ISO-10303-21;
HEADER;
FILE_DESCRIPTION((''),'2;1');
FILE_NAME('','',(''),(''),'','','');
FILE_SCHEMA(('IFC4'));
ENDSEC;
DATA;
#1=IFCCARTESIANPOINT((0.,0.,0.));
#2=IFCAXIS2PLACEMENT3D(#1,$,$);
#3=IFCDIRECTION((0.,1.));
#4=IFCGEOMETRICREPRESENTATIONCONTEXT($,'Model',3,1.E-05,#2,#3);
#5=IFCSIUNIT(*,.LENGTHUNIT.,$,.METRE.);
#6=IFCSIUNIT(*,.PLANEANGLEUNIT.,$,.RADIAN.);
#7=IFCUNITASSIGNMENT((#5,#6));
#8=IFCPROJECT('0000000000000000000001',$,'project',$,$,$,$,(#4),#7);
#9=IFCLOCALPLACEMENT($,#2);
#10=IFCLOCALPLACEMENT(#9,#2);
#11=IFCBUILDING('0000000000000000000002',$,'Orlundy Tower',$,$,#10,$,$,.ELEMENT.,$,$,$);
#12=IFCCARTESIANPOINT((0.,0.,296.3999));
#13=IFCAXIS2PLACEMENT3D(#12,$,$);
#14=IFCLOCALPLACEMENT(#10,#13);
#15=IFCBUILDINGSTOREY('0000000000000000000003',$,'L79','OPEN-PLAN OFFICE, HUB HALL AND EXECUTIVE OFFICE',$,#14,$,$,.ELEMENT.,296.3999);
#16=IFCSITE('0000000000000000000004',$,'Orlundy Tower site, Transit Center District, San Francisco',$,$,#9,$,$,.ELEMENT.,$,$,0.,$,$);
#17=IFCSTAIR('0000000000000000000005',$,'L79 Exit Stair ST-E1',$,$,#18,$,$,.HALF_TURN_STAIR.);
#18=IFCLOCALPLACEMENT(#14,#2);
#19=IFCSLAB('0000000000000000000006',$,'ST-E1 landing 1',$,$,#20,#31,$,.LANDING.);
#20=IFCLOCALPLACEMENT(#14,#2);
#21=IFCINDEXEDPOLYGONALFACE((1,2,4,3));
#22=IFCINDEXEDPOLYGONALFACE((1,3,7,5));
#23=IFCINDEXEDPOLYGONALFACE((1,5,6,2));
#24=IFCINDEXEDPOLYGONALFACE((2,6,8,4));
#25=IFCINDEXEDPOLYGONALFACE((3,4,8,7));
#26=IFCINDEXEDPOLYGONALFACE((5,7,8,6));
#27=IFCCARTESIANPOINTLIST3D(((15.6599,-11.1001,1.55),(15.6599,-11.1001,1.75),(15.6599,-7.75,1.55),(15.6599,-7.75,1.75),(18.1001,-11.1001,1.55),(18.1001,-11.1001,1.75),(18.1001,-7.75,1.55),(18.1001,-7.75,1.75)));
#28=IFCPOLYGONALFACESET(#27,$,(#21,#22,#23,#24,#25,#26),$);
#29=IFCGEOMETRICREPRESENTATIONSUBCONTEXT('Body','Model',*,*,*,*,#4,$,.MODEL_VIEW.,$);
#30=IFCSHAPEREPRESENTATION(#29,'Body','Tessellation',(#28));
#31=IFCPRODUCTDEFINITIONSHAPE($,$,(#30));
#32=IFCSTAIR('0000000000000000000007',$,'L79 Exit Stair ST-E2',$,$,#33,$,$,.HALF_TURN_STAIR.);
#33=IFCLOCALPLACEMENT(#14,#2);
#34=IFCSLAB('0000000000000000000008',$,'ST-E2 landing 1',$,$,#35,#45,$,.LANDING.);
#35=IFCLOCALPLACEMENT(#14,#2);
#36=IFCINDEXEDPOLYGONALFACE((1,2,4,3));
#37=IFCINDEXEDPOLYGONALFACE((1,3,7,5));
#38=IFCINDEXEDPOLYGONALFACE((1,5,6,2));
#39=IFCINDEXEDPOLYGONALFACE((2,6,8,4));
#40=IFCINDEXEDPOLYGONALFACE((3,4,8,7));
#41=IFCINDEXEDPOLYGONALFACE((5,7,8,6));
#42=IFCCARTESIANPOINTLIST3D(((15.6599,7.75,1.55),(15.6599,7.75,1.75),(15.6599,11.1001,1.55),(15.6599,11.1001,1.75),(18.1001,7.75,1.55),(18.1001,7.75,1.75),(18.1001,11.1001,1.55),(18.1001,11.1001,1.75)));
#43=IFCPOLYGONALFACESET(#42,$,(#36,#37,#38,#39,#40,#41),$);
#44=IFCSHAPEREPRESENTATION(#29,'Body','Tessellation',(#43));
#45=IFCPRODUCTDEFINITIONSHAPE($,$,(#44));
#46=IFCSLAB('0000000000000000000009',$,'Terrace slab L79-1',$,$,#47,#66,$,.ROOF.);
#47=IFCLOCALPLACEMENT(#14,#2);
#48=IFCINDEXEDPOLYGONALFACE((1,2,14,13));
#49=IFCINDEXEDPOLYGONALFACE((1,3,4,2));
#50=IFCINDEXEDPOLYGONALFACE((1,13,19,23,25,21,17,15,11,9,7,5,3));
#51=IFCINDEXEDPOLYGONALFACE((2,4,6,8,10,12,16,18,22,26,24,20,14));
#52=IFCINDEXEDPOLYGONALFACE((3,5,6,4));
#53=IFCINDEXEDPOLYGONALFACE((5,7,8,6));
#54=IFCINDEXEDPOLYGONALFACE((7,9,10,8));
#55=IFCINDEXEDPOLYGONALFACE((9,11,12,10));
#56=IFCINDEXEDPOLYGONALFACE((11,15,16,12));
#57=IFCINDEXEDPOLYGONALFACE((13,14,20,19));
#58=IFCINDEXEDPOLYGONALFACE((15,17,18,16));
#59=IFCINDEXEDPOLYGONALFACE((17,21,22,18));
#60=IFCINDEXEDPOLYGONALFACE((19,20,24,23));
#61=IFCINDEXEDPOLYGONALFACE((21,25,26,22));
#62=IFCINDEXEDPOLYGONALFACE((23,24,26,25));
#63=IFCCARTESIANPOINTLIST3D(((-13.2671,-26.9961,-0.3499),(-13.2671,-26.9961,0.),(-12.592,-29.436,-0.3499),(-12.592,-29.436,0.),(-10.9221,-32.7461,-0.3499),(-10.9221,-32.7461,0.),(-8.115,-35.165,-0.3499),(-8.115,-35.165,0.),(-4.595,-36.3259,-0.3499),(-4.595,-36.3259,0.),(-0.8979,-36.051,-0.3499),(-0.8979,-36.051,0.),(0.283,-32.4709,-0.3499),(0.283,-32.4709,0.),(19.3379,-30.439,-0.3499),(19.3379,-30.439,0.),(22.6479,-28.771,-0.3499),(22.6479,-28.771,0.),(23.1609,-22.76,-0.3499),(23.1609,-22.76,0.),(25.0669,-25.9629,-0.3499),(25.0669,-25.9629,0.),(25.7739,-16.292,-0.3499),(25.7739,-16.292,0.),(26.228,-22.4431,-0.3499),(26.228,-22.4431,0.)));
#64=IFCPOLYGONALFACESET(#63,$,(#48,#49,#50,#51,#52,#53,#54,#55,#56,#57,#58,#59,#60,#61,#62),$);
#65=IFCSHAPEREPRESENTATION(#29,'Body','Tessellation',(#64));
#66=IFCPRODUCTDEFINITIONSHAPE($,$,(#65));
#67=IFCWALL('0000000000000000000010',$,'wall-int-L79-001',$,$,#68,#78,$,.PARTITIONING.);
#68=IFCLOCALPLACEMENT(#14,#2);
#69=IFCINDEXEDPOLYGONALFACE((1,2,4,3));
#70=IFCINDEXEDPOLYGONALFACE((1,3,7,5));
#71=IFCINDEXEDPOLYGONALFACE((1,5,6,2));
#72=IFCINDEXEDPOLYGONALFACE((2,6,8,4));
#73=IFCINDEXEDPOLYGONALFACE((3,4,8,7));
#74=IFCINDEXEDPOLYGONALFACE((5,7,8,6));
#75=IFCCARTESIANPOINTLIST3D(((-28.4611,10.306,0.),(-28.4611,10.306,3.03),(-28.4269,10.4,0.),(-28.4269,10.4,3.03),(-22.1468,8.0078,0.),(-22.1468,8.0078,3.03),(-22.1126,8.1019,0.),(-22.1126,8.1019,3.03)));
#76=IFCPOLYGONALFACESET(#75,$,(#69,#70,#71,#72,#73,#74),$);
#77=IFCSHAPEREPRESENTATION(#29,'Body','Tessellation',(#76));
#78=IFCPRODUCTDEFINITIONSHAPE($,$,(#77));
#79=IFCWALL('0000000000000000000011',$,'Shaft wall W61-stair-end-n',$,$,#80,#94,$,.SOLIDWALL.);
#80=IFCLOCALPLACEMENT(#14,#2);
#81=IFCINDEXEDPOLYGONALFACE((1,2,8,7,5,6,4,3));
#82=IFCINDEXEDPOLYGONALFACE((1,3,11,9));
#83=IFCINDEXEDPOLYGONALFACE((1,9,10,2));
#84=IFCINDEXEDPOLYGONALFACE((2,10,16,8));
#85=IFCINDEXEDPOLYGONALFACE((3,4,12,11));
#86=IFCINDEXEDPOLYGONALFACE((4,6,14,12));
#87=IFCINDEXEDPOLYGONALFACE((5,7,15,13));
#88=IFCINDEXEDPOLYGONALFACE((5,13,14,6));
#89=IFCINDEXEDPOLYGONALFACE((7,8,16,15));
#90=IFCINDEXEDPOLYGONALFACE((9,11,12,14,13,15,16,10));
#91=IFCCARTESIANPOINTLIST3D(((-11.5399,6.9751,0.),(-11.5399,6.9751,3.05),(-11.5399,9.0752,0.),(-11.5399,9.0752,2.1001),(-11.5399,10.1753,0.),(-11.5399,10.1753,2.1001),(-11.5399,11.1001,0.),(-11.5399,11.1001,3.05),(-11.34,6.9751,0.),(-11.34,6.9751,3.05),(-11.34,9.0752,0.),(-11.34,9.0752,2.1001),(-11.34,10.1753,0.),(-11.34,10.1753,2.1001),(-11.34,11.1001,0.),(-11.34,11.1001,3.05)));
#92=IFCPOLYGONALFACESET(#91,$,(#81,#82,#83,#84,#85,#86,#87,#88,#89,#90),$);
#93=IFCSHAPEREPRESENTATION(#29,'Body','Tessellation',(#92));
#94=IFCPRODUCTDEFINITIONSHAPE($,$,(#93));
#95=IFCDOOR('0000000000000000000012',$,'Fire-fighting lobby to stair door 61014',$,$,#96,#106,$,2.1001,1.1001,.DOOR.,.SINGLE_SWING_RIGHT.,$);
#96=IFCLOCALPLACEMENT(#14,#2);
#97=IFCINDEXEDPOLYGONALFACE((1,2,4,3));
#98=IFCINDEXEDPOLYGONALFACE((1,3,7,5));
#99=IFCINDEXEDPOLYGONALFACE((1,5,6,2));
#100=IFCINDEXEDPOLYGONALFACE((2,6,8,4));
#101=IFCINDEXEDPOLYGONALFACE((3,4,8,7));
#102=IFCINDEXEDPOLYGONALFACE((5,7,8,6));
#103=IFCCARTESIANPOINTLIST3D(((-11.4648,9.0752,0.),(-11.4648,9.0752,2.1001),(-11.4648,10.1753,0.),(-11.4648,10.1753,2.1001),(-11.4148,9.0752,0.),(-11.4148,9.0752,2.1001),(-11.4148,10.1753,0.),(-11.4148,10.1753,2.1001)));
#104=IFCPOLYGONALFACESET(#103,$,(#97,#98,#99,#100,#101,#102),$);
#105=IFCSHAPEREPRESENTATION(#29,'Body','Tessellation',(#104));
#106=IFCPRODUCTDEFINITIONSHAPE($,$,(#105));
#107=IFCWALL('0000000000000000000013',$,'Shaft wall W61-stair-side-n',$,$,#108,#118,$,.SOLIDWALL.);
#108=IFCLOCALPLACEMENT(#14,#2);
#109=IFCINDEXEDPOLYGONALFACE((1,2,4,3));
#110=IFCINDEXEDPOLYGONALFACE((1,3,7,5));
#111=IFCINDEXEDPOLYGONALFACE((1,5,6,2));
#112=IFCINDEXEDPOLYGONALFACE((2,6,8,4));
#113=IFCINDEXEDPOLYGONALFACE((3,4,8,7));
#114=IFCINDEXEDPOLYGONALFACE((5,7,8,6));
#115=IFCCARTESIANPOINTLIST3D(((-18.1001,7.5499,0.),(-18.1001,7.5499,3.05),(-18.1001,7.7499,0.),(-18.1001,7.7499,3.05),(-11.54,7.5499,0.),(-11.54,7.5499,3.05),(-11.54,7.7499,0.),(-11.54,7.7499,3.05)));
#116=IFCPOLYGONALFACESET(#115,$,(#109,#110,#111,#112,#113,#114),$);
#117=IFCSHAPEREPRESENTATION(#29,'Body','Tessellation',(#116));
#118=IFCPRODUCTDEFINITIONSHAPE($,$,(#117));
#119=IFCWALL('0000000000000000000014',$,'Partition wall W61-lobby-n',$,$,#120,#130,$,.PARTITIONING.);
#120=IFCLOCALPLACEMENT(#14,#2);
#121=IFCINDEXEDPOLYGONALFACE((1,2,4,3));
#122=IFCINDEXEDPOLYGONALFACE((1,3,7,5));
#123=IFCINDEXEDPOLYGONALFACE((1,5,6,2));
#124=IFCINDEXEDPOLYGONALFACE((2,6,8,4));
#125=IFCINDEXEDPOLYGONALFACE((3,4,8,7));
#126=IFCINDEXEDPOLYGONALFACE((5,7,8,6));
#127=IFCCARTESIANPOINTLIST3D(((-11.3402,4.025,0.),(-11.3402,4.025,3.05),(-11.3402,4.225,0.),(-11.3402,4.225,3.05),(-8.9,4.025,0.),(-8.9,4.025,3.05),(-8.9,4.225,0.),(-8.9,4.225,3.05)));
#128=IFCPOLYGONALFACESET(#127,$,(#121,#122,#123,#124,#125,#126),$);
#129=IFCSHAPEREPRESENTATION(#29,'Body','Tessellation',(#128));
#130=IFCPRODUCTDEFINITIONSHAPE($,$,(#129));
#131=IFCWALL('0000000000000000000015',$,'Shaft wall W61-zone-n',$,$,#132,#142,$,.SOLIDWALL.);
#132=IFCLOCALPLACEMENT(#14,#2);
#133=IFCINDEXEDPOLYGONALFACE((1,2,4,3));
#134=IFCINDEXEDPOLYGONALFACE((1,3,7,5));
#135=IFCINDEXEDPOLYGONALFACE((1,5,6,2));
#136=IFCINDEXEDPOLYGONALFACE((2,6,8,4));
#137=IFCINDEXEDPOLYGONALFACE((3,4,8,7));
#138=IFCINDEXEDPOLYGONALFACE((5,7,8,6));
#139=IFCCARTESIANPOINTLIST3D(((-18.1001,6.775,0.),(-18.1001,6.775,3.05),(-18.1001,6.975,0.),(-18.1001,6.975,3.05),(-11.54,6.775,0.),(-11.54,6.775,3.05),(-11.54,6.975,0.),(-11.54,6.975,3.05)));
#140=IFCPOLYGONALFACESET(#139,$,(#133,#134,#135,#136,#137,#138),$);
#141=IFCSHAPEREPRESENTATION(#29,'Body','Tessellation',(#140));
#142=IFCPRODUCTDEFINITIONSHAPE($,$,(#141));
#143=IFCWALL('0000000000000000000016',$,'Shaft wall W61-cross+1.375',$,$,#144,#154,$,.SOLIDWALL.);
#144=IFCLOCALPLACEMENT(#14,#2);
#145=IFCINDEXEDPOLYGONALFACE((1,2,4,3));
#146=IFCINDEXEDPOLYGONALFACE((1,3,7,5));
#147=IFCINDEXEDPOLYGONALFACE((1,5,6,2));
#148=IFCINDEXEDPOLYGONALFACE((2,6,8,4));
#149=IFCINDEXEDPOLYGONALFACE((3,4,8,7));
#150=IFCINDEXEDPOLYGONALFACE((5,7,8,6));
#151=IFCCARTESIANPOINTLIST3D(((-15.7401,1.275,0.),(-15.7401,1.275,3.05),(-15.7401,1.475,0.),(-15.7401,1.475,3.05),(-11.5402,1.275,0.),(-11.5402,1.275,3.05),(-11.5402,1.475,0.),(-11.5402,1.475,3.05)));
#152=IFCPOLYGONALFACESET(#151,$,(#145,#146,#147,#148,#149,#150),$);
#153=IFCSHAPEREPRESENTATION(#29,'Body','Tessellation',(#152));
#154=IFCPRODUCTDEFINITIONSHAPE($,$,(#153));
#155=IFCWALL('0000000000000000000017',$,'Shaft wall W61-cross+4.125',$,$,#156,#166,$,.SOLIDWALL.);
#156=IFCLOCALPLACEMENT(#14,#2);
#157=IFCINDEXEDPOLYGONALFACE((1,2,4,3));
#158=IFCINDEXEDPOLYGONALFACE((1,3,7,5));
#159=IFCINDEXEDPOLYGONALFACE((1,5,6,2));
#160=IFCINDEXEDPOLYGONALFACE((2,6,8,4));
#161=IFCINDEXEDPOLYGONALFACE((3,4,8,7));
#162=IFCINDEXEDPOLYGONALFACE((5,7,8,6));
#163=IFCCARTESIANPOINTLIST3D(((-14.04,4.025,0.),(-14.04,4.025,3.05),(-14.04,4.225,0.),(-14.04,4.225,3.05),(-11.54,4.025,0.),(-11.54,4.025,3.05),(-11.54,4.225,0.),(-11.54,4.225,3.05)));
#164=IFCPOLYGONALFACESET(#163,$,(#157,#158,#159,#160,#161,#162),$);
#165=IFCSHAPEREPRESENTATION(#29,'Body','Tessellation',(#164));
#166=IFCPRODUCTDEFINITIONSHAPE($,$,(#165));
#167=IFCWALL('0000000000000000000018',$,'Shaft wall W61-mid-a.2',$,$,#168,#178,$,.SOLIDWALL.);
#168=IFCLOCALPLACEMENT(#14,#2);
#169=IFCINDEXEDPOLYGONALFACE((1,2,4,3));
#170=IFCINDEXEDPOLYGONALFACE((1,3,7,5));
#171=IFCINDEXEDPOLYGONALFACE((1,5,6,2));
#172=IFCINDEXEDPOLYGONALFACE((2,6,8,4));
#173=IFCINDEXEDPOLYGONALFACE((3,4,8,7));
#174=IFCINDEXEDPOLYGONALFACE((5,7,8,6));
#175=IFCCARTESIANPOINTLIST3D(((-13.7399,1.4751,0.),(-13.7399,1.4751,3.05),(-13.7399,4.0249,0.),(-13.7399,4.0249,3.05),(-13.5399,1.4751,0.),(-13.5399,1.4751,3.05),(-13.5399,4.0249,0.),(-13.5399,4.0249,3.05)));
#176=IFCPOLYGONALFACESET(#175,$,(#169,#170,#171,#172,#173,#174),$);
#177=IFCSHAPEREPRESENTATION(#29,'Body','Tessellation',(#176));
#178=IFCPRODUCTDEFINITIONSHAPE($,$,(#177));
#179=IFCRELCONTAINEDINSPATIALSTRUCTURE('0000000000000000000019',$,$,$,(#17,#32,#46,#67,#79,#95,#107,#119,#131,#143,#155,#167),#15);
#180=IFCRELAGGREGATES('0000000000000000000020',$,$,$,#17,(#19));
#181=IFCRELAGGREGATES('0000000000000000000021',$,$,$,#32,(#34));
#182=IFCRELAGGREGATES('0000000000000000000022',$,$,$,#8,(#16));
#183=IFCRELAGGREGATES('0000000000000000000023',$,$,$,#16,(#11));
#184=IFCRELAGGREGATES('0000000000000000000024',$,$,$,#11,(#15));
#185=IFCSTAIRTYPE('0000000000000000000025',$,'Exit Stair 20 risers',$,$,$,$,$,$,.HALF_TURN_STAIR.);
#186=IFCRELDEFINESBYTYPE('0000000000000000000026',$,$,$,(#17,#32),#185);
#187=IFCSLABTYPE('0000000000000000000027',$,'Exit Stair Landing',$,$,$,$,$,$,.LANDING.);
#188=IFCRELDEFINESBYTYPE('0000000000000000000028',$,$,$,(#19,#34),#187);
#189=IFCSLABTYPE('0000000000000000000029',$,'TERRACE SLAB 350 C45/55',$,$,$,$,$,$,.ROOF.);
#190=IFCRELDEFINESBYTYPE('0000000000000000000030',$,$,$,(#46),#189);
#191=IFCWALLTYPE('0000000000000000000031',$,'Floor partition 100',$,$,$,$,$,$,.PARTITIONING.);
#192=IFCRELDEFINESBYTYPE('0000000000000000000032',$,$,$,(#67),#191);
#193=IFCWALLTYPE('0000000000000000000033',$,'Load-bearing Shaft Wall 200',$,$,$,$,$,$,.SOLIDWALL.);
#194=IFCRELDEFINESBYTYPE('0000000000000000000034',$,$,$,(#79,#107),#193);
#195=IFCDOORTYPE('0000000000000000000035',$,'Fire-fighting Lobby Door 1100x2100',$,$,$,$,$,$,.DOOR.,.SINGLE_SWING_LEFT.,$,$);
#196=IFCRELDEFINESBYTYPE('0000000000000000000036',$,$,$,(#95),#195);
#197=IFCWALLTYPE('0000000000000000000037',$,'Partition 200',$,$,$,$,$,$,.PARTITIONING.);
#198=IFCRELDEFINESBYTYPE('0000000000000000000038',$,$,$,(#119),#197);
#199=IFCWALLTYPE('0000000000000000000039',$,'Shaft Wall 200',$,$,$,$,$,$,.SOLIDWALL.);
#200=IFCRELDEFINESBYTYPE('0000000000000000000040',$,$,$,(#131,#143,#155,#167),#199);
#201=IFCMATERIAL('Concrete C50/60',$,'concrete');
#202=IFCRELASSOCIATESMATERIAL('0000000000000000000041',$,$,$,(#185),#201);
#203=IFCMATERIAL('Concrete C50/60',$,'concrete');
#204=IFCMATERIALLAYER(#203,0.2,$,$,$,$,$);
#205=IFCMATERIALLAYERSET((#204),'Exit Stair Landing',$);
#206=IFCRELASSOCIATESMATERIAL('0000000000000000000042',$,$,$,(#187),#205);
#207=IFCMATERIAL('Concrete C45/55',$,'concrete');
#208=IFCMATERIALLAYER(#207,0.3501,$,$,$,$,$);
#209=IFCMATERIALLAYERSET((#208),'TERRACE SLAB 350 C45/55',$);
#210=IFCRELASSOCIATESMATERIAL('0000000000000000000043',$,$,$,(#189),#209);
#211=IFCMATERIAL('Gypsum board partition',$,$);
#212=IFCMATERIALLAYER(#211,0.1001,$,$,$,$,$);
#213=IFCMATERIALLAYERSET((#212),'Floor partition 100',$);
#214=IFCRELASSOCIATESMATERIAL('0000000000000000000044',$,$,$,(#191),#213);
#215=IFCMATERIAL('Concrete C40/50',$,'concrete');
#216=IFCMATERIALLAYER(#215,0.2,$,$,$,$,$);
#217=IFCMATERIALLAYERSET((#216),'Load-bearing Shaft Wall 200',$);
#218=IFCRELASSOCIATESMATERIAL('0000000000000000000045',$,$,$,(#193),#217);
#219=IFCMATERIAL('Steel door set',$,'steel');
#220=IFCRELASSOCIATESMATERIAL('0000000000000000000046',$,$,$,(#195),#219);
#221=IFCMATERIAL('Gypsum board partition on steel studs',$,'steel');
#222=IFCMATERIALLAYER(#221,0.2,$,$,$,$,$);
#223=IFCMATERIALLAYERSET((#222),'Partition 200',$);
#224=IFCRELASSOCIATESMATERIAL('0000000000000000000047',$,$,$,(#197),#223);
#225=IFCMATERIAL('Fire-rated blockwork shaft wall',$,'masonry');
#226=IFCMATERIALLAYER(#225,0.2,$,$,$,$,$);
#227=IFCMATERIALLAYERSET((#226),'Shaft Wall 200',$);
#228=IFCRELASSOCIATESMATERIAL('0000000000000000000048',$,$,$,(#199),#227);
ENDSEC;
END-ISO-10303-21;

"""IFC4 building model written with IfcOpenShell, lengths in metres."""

from ifc_helpers import new_model, si_unit, direction, frame, frame_2d, origin, place, context, subcontext, project, spatial, polyline, rectangle, outline, extrude, material, layer, layer_set, type_object, element, fill, aggregate, save


model = new_model("IFC4")

# Units and contexts
model_context = context("Model", 3, precision=1e-05, world=origin(), true_north=direction((0.0, 1.0)))
body_context = subcontext(model_context, "Body", "Model", "MODEL_VIEW")
ifc_project = project(units=[si_unit("LENGTHUNIT", "METRE"), si_unit("PLANEANGLEUNIT", "RADIAN")], contexts=[model_context])

# Site, building, storey
site_placement = place(None, origin())
site = spatial("IfcSite", under=ifc_project, at=site_placement, Name="Orlundy Tower site, Transit Center District, San Francisco", CompositionType="ELEMENT", RefElevation=0.0)
building_placement = place(site_placement, origin())
building = spatial("IfcBuilding", under=site, at=building_placement, Name="Orlundy Tower", CompositionType="ELEMENT")
storey_placement = place(building_placement, frame((0.0, 0.0, 296.3999)))
storey = spatial("IfcBuildingStorey", under=building, at=storey_placement, Name="L79", Description="OPEN-PLAN OFFICE, HUB HALL AND EXECUTIVE OFFICE", CompositionType="ELEMENT", Elevation=296.3999)

# Stairs, slabs
ifc_material_1 = material(Name="Concrete C50/60", Category="concrete")
stair_type = type_object("IfcStairType", Name="Exit Stair 20 risers", PredefinedType="HALF_TURN_STAIR", material=ifc_material_1)
ifc_material_2 = material(Name="Concrete C50/60", Category="concrete")
ifc_layer_1 = layer(ifc_material_2, 0.2)
ifc_layer_set_1 = layer_set([ifc_layer_1], Name="Exit Stair Landing")
slab_type_1 = type_object("IfcSlabType", Name="Exit Stair Landing", PredefinedType="LANDING", material=ifc_layer_set_1)
stair_1_placement = place(storey_placement, origin())
stair_1 = element("IfcStair", 1, at=stair_1_placement, inside=storey, type_object=stair_type, Name="L79 Exit Stair ST-E1", PredefinedType="HALF_TURN_STAIR")
slab_1_placement = place(storey_placement, frame((0.0, 0.0, 1.55)))
slab_1 = element("IfcSlab", 2, at=slab_1_placement, type_object=slab_type_1, Name="ST-E1 landing 1", PredefinedType="LANDING", context=body_context, shape_type="SweptSolid", body=[
    extrude(outline(polyline([(15.6599, -11.1001), (18.1001, -11.1001), (18.1001, -7.75), (15.6599, -7.75), (15.6599, -11.1001)])), origin(), (0.0, 0.0, 1.0), 0.2),
])
aggregate(stair_1, [slab_1])
stair_2_placement = place(storey_placement, origin())
stair_2 = element("IfcStair", 3, at=stair_2_placement, inside=storey, type_object=stair_type, Name="L79 Exit Stair ST-E2", PredefinedType="HALF_TURN_STAIR")
slab_2_placement = place(storey_placement, frame((0.0, 0.0, 1.55)))
slab_2 = element("IfcSlab", 4, at=slab_2_placement, type_object=slab_type_1, Name="ST-E2 landing 1", PredefinedType="LANDING", context=body_context, shape_type="SweptSolid", body=[
    extrude(outline(polyline([(15.6599, 7.75), (18.1001, 7.75), (18.1001, 11.1001), (15.6599, 11.1001), (15.6599, 7.75)])), origin(), (0.0, 0.0, 1.0), 0.2),
])
aggregate(stair_2, [slab_2])

# Slab
ifc_material_3 = material(Name="Concrete C45/55", Category="concrete")
ifc_layer_2 = layer(ifc_material_3, 0.3501)
ifc_layer_set_2 = layer_set([ifc_layer_2], Name="TERRACE SLAB 350 C45/55")
slab_type_2 = type_object("IfcSlabType", Name="TERRACE SLAB 350 C45/55", PredefinedType="ROOF", material=ifc_layer_set_2)
slab_3_placement = place(storey_placement, frame((0.0, 0.0, -0.3499)))
element("IfcSlab", 5, at=slab_3_placement, inside=storey, type_object=slab_type_2, Name="Terrace slab L79-1", PredefinedType="ROOF", context=body_context, shape_type="SweptSolid", body=[
    extrude(outline(polyline([(25.7739, -16.292), (26.228, -22.4431), (25.0669, -25.9629), (22.6479, -28.771), (19.3379, -30.439), (-0.8979, -36.051), (-4.595, -36.3259), (-8.115, -35.165), (-10.9221, -32.7461), (-12.592, -29.436), (-13.2671, -26.9961), (0.283, -32.4709), (23.1609, -22.76), (25.7739, -16.292)])), origin(), (0.0, 0.0, 1.0), 0.3499),
])

# Wall
ifc_material_4 = material(Name="Gypsum board partition")
ifc_layer_3 = layer(ifc_material_4, 0.1001)
ifc_layer_set_3 = layer_set([ifc_layer_3], Name="Floor partition 100")
wall_type_1 = type_object("IfcWallType", Name="Floor partition 100", PredefinedType="PARTITIONING", material=ifc_layer_set_3)
wall_1_placement = place(storey_placement, frame((-28.4441, 10.353, 0.0), z_axis=(0.0, 0.0, 1.0), x_axis=(0.939697, -0.342009, 0.0)))
element("IfcWall", 6, at=wall_1_placement, inside=storey, type_object=wall_type_1, Name="wall-int-L79-001", PredefinedType="PARTITIONING", context=body_context, shape_type="SweptSolid", body=[
    extrude(rectangle(XDim=6.7195, YDim=0.1001, at=frame_2d((3.3599, 0.0))), origin(), (0.0, 0.0, 1.0), 3.03),
])

# Wall, opening, door
ifc_material_5 = material(Name="Concrete C40/50", Category="concrete")
ifc_layer_4 = layer(ifc_material_5, 0.2)
ifc_layer_set_4 = layer_set([ifc_layer_4], Name="Load-bearing Shaft Wall 200")
wall_type_2 = type_object("IfcWallType", Name="Load-bearing Shaft Wall 200", PredefinedType="SOLIDWALL", material=ifc_layer_set_4)
wall_2_placement = place(storey_placement, frame((-11.4399, 6.9751, 0.0), z_axis=(0.0, 0.0, 1.0), x_axis=(0.0, 1.0, 0.0)))
wall_2 = element("IfcWall", 7, at=wall_2_placement, inside=storey, type_object=wall_type_2, Name="Shaft wall W61-stair-end-n", PredefinedType="SOLIDWALL", context=body_context, shape_type="SweptSolid", body=[
    extrude(rectangle(XDim=4.125, YDim=0.2, at=frame_2d((2.0625, 0.0))), origin(), (0.0, 0.0, 1.0), 3.05),
])
opening_placement = place(wall_2_placement, frame((2.1001, 0.0, 0.0)))
opening = element("IfcOpeningElement", 8, at=opening_placement, cuts=wall_2, PredefinedType="OPENING", context=body_context, shape_type="SweptSolid", body=[
    extrude(rectangle(XDim=1.1001, YDim=2.1001, at=frame_2d((0.55, 1.05))), frame((0.0, 0.1101, 0.0), z_axis=(0.0, -1.0, 0.0), x_axis=(1.0, 0.0, 0.0)), (0.0, 0.0, 1.0), 0.2202),
])
ifc_material_6 = material(Name="Steel door set", Category="steel")
door_type = type_object("IfcDoorType", Name="Fire-fighting Lobby Door 1100x2100", OperationType="SINGLE_SWING_LEFT", PredefinedType="DOOR", material=ifc_material_6)
door_placement = place(opening_placement, origin())
door = element("IfcDoor", 9, at=door_placement, inside=storey, type_object=door_type, Name="Fire-fighting lobby to stair door 61014", OperationType="SINGLE_SWING_RIGHT", OverallHeight=2.1001, OverallWidth=1.1001, PredefinedType="DOOR", context=body_context, shape_type="SweptSolid", body=[
    extrude(rectangle(XDim=1.1001, YDim=2.1001, at=frame_2d((0.55, 1.05))), frame((0.0, 0.0249, 0.0), z_axis=(0.0, -1.0, 0.0), x_axis=(1.0, 0.0, 0.0)), (0.0, 0.0, 1.0), 0.05),
])
fill(opening, door)

# Walls
wall_3_placement = place(storey_placement, frame((-11.54, 7.6499, 0.0), z_axis=(0.0, 0.0, 1.0), x_axis=(-1.0, 0.0, 0.0)))
element("IfcWall", 10, at=wall_3_placement, inside=storey, type_object=wall_type_2, Name="Shaft wall W61-stair-side-n", PredefinedType="SOLIDWALL", context=body_context, shape_type="SweptSolid", body=[
    extrude(rectangle(XDim=6.5601, YDim=0.2, at=frame_2d((3.28, 0.0))), origin(), (0.0, 0.0, 1.0), 3.05),
])
ifc_material_7 = material(Name="Gypsum board partition on steel studs", Category="steel")
ifc_layer_5 = layer(ifc_material_7, 0.2)
ifc_layer_set_5 = layer_set([ifc_layer_5], Name="Partition 200")
wall_type_3 = type_object("IfcWallType", Name="Partition 200", PredefinedType="PARTITIONING", material=ifc_layer_set_5)
wall_4_placement = place(storey_placement, frame((-8.8999, 4.125, 0.0), z_axis=(0.0, 0.0, 1.0), x_axis=(-1.0, 0.0, 0.0)))
element("IfcWall", 11, at=wall_4_placement, inside=storey, type_object=wall_type_3, Name="Partition wall W61-lobby-n", PredefinedType="PARTITIONING", context=body_context, shape_type="SweptSolid", body=[
    extrude(rectangle(XDim=2.4402, YDim=0.2, at=frame_2d((1.2202, 0.0))), origin(), (0.0, 0.0, 1.0), 3.05),
])
ifc_material_8 = material(Name="Fire-rated blockwork shaft wall", Category="masonry")
ifc_layer_6 = layer(ifc_material_8, 0.2)
ifc_layer_set_6 = layer_set([ifc_layer_6], Name="Shaft Wall 200")
wall_type_4 = type_object("IfcWallType", Name="Shaft Wall 200", PredefinedType="SOLIDWALL", material=ifc_layer_set_6)
wall_5_placement = place(storey_placement, frame((-11.54, 6.875, 0.0), z_axis=(0.0, 0.0, 1.0), x_axis=(-1.0, 0.0, 0.0)))
element("IfcWall", 12, at=wall_5_placement, inside=storey, type_object=wall_type_4, Name="Shaft wall W61-zone-n", PredefinedType="SOLIDWALL", context=body_context, shape_type="SweptSolid", body=[
    extrude(rectangle(XDim=6.5601, YDim=0.2, at=frame_2d((3.28, 0.0))), origin(), (0.0, 0.0, 1.0), 3.05),
])
wall_6_placement = place(storey_placement, frame((-11.54, 1.375, 0.0), z_axis=(0.0, 0.0, 1.0), x_axis=(-1.0, 0.0, 0.0)))
element("IfcWall", 13, at=wall_6_placement, inside=storey, type_object=wall_type_4, Name="Shaft wall W61-cross+1.375", PredefinedType="SOLIDWALL", context=body_context, shape_type="SweptSolid", body=[
    extrude(rectangle(XDim=4.2, YDim=0.2, at=frame_2d((2.1001, 0.0))), origin(), (0.0, 0.0, 1.0), 3.05),
])
wall_7_placement = place(storey_placement, frame((-11.54, 4.125, 0.0), z_axis=(0.0, 0.0, 1.0), x_axis=(-1.0, 0.0, 0.0)))
element("IfcWall", 14, at=wall_7_placement, inside=storey, type_object=wall_type_4, Name="Shaft wall W61-cross+4.125", PredefinedType="SOLIDWALL", context=body_context, shape_type="SweptSolid", body=[
    extrude(rectangle(XDim=2.5, YDim=0.2, at=frame_2d((1.25, 0.0))), origin(), (0.0, 0.0, 1.0), 3.05),
])
wall_8_placement = place(storey_placement, frame((-13.6399, 1.4751, 0.0), z_axis=(0.0, 0.0, 1.0), x_axis=(0.0, 1.0, 0.0)))
element("IfcWall", 15, at=wall_8_placement, inside=storey, type_object=wall_type_4, Name="Shaft wall W61-mid-a.2", PredefinedType="SOLIDWALL", context=body_context, shape_type="SweptSolid", body=[
    extrude(rectangle(XDim=2.5498, YDim=0.2, at=frame_2d((1.2749, 0.0))), origin(), (0.0, 0.0, 1.0), 3.05),
])

save(model, "model.ifc")
